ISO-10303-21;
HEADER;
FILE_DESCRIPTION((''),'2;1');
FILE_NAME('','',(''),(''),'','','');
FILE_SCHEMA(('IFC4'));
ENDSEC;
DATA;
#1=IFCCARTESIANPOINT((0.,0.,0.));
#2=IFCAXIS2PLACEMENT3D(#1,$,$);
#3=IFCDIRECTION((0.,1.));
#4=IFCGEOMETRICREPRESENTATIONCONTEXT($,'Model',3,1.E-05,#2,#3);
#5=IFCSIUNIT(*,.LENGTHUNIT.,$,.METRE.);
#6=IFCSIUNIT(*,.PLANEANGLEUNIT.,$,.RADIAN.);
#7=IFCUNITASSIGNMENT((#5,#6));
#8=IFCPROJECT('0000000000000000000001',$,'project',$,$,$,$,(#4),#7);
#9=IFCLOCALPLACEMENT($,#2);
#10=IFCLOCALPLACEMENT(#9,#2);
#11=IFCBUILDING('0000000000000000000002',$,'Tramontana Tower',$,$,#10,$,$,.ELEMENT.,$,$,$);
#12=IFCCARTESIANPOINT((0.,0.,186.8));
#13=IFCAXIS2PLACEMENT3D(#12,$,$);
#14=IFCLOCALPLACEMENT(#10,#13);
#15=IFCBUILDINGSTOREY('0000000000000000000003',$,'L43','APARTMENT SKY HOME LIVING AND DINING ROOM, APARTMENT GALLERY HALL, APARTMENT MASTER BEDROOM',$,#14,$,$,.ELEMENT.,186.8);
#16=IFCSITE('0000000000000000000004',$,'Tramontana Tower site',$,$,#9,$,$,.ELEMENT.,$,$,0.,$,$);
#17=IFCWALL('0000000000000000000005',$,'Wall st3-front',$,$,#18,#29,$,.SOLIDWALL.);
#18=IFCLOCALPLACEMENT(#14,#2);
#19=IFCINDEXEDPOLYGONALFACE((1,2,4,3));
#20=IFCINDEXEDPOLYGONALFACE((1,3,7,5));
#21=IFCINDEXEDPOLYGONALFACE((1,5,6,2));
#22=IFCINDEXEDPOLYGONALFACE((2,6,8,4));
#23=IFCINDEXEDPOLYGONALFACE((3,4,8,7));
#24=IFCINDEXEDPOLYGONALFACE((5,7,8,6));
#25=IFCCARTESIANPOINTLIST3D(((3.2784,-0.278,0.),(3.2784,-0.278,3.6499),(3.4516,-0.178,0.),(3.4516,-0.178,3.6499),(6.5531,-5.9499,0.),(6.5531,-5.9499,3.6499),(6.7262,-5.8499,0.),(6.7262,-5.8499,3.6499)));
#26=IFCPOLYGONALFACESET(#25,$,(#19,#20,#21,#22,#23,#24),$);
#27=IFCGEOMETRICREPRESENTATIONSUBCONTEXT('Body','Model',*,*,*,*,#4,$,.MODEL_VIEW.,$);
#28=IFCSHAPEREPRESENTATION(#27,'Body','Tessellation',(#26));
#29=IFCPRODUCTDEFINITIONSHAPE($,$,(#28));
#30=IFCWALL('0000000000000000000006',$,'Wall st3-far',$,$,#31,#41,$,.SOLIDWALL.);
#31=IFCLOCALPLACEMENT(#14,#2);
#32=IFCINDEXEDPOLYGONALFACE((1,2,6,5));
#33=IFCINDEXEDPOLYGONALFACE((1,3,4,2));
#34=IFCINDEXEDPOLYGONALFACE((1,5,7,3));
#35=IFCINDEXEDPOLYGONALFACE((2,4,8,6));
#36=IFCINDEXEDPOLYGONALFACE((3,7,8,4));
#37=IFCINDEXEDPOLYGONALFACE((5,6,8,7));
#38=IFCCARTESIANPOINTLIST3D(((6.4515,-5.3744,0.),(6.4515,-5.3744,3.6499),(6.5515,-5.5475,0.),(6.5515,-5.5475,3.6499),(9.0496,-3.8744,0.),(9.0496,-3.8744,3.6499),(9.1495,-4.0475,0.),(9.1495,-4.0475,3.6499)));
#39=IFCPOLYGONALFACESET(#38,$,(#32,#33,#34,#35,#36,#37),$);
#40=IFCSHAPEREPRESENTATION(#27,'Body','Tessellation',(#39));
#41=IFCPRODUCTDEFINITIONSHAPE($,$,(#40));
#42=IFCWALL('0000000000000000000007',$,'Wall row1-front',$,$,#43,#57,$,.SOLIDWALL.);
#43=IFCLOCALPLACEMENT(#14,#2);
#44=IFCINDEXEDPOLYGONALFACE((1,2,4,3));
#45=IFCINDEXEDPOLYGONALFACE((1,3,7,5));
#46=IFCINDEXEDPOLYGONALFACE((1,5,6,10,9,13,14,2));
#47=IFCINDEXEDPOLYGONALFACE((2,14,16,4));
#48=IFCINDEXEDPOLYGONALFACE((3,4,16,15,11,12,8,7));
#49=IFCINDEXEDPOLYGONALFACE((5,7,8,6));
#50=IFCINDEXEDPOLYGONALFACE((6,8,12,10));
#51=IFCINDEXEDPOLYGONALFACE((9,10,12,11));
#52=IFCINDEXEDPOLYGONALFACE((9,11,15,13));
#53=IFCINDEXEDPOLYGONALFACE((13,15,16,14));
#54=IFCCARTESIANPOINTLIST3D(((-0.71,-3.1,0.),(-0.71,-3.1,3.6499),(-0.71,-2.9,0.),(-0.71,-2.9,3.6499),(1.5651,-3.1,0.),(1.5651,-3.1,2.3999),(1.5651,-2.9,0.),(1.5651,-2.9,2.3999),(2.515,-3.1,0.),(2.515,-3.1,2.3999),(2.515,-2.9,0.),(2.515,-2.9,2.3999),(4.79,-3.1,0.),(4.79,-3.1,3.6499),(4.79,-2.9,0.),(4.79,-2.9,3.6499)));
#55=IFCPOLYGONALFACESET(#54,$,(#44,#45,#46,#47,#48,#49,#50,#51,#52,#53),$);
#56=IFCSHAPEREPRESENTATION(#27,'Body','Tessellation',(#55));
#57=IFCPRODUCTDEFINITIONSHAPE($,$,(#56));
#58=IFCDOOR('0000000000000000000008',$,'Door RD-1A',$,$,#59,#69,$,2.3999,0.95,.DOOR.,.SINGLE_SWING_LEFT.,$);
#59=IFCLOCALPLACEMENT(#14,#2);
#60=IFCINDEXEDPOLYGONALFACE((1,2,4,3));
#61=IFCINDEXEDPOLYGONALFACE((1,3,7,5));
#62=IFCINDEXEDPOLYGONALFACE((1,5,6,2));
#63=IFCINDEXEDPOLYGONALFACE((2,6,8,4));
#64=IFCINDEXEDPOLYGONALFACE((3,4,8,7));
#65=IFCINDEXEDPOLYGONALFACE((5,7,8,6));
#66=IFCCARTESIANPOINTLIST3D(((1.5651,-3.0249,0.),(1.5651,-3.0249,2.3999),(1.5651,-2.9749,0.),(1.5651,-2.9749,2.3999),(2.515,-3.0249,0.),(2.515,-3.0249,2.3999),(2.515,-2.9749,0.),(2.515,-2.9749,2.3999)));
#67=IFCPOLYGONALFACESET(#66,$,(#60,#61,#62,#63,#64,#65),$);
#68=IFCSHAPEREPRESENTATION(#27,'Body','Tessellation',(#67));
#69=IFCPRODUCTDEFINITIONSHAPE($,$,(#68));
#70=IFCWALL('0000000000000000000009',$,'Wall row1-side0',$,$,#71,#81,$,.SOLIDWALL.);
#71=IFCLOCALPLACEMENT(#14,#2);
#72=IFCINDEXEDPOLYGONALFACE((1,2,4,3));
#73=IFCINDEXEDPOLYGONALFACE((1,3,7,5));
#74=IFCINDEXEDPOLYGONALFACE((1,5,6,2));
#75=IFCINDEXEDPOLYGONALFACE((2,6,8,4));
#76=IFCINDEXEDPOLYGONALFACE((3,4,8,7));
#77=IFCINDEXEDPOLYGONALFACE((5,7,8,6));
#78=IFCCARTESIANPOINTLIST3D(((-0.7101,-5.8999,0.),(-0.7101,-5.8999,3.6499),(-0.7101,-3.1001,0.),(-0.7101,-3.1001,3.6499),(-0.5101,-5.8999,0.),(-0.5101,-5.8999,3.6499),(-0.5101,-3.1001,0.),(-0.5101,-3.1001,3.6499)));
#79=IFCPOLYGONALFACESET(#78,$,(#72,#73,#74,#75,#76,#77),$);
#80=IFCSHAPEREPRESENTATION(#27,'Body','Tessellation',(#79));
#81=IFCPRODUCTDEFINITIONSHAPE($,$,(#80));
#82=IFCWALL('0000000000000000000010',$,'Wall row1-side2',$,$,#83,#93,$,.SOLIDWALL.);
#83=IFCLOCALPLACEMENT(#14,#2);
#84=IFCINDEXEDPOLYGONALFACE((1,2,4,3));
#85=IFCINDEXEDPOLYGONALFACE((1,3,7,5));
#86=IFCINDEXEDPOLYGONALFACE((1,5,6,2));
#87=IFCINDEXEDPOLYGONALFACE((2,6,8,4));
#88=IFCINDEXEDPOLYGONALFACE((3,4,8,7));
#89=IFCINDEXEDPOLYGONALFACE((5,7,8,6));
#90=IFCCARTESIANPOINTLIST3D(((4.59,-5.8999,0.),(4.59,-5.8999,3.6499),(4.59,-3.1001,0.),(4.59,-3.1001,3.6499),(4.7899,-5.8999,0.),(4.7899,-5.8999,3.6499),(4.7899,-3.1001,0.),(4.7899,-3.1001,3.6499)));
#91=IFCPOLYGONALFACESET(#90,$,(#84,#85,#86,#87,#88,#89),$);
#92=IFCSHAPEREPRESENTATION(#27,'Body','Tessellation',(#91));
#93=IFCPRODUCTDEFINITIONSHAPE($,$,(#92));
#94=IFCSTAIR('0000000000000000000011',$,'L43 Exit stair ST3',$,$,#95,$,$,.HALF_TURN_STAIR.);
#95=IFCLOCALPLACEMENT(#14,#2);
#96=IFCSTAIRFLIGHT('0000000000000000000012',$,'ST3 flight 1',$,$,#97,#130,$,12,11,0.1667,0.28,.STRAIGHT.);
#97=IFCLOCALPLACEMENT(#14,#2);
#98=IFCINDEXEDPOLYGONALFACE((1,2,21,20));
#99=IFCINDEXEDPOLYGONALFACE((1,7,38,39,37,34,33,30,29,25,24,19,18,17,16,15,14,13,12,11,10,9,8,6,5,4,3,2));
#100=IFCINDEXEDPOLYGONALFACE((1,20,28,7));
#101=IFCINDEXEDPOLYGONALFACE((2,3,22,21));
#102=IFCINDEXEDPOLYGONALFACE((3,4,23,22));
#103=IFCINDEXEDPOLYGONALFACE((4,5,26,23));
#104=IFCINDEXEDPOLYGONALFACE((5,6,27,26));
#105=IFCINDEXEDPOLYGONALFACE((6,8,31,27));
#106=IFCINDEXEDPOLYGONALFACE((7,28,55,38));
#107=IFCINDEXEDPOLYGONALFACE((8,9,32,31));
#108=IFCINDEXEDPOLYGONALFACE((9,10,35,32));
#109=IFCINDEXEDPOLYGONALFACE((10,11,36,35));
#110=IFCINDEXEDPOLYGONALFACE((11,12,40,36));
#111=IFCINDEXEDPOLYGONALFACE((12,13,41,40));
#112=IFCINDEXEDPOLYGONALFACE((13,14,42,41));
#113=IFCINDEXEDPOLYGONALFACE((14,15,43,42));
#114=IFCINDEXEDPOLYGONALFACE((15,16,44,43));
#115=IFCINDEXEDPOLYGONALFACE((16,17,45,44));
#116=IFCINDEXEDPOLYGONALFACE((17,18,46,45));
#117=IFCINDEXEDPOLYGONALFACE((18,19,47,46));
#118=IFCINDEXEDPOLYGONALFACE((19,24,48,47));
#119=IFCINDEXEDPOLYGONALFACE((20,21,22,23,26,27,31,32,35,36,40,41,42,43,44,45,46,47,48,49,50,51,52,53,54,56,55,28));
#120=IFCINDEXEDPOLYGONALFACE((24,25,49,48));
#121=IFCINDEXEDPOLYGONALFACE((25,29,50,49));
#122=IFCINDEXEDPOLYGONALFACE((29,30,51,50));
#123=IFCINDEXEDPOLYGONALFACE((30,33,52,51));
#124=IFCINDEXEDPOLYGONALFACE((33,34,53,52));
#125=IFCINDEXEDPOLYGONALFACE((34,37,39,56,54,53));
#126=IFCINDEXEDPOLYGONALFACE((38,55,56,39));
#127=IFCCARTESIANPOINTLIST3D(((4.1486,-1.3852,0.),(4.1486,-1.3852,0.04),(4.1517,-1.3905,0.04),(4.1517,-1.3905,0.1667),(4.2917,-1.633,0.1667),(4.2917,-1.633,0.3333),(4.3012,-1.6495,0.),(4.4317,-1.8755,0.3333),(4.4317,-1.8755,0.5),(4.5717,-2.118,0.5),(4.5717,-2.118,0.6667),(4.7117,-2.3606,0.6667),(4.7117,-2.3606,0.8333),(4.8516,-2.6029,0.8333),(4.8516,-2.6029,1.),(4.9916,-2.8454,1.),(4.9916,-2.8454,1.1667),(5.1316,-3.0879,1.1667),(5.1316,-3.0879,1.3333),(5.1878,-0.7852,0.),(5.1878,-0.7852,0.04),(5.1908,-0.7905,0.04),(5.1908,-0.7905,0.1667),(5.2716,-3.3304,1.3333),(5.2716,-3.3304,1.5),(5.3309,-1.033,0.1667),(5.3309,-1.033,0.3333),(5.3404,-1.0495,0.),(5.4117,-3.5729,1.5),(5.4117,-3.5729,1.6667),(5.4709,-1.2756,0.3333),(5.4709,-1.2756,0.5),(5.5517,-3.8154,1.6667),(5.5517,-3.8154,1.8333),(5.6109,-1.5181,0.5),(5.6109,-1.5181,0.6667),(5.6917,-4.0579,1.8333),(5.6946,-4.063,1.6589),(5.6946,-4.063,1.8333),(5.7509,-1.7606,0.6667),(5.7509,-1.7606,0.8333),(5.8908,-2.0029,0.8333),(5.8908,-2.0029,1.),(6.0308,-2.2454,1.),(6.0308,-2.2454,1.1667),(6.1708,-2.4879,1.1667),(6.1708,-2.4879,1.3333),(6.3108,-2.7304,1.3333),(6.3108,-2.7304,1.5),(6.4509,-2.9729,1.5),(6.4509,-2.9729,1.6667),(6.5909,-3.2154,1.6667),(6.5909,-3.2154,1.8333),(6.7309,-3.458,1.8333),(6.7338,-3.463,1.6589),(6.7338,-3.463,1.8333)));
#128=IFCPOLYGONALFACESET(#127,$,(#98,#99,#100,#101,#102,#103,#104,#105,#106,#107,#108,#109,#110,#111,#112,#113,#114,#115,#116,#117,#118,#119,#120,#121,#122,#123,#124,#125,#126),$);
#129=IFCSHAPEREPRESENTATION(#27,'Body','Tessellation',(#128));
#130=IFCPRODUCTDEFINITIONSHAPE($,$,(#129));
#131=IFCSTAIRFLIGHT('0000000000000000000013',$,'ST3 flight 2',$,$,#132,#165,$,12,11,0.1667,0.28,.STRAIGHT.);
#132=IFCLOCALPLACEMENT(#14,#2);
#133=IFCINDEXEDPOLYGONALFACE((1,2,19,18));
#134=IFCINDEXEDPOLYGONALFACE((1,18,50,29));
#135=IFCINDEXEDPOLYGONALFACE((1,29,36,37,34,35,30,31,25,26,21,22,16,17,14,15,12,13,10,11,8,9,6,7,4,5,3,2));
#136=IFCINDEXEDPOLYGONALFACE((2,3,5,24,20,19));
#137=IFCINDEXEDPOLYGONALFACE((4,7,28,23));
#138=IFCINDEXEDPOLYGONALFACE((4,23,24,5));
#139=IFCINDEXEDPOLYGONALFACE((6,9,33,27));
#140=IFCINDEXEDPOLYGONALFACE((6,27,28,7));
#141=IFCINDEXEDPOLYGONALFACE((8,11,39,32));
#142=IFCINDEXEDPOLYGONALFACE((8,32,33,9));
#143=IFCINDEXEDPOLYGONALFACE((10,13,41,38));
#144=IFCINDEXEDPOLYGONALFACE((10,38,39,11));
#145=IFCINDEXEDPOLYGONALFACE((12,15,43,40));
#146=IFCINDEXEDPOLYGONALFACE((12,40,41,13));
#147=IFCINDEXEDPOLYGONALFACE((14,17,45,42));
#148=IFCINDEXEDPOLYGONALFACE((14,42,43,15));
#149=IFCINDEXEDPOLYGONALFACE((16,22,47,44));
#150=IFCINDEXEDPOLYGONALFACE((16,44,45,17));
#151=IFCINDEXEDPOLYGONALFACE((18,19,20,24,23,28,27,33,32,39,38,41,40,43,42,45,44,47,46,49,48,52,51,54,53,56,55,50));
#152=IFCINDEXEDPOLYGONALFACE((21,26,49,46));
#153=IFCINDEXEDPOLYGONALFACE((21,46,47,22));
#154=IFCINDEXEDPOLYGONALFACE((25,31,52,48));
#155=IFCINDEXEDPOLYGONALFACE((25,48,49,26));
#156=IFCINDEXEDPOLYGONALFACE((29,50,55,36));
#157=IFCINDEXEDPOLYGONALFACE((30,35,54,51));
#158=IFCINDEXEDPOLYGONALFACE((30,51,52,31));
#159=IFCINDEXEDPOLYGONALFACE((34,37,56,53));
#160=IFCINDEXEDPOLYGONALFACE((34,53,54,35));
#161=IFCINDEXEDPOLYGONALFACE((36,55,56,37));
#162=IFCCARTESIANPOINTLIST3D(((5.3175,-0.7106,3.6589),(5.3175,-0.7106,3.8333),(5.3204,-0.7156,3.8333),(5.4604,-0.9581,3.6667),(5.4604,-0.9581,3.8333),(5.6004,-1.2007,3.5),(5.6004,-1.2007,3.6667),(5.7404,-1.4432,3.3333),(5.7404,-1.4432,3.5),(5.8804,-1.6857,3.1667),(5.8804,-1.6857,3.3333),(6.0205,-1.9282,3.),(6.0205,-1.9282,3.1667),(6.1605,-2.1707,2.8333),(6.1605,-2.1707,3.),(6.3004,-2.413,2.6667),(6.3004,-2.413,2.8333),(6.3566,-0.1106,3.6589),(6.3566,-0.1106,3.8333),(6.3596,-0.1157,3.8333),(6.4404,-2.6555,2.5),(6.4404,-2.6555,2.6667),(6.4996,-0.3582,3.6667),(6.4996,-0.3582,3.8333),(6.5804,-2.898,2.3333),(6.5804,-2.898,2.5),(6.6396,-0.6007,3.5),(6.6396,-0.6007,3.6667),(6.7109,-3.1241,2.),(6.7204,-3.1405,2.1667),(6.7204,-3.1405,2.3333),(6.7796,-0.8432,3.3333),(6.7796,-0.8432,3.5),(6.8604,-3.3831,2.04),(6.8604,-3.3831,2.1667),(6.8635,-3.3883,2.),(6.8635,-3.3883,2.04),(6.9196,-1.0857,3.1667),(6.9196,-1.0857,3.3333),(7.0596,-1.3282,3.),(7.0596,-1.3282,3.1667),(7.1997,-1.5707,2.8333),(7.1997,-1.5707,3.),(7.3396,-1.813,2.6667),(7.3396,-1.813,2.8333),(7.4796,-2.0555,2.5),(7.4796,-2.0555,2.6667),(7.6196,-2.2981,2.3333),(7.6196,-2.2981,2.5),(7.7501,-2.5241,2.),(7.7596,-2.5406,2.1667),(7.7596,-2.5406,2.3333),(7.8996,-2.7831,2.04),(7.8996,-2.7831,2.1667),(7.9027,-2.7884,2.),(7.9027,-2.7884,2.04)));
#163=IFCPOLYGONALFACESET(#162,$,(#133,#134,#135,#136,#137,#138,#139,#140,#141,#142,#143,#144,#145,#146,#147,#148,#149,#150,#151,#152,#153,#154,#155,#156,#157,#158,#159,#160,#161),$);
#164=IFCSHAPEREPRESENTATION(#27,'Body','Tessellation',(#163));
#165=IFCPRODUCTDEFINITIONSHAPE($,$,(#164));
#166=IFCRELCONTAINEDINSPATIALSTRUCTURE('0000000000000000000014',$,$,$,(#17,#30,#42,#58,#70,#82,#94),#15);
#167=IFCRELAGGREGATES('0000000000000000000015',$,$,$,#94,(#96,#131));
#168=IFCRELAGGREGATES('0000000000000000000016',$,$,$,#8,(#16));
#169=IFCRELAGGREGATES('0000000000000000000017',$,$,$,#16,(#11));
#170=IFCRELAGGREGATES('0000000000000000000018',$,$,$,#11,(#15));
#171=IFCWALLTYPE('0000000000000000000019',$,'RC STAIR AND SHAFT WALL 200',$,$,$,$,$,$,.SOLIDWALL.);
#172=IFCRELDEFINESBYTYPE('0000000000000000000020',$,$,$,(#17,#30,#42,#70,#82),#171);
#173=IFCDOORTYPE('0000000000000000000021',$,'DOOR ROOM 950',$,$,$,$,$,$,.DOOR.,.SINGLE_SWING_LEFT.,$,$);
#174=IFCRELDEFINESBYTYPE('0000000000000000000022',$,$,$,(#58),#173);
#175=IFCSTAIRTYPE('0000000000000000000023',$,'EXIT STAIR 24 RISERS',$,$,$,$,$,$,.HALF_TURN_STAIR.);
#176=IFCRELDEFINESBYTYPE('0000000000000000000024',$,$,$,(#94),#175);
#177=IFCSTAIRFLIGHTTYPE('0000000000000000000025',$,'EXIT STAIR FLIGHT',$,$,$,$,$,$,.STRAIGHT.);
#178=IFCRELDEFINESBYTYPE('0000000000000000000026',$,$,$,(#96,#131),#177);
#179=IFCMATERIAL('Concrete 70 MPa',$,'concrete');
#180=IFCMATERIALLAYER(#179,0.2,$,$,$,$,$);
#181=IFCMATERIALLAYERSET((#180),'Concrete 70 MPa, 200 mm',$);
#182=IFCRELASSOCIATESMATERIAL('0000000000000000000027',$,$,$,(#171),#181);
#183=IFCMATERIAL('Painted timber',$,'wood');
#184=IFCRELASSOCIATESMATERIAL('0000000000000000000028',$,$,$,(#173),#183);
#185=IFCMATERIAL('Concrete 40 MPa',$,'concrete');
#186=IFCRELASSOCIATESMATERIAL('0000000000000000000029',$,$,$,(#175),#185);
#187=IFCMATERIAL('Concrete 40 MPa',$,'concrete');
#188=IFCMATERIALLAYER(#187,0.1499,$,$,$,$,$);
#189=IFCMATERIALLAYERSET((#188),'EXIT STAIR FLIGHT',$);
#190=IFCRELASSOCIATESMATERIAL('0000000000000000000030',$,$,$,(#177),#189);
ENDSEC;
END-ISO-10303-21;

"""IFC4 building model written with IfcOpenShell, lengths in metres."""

from ifc_helpers import new_model, si_unit, direction, frame, frame_2d, origin, place, context, subcontext, project, spatial, polyline, rectangle, outline, extrude, material, layer, layer_set, type_object, element, fill, aggregate, save


model = new_model("IFC4")

# Units and contexts
model_context = context("Model", 3, precision=1e-05, world=origin(), true_north=direction((0.0, 1.0)))
body_context = subcontext(model_context, "Body", "Model", "MODEL_VIEW")
ifc_project = project(units=[si_unit("LENGTHUNIT", "METRE"), si_unit("PLANEANGLEUNIT", "RADIAN")], contexts=[model_context])

# Site, building, storey
site_placement = place(None, origin())
site = spatial("IfcSite", under=ifc_project, at=site_placement, Name="Tramontana Tower site", CompositionType="ELEMENT", RefElevation=0.0)
building_placement = place(site_placement, origin())
building = spatial("IfcBuilding", under=site, at=building_placement, Name="Tramontana Tower", CompositionType="ELEMENT")
storey_placement = place(building_placement, frame((0.0, 0.0, 186.8)))
storey = spatial("IfcBuildingStorey", under=building, at=storey_placement, Name="L43", Description="APARTMENT SKY HOME LIVING AND DINING ROOM, APARTMENT GALLERY HALL, APARTMENT MASTER BEDROOM", CompositionType="ELEMENT", Elevation=186.8)

# Walls
ifc_material_1 = material(Name="Concrete 70 MPa", Category="concrete")
ifc_layer_1 = layer(ifc_material_1, 0.2)
ifc_layer_set_1 = layer_set([ifc_layer_1], Name="Concrete 70 MPa, 200 mm")
wall_type_1 = type_object("IfcWallType", Name="RC STAIR AND SHAFT WALL 200", PredefinedType="SOLIDWALL", material=ifc_layer_set_1)
wall_1_placement = place(storey_placement, frame((6.6396, -5.8999, 0.0), z_axis=(0.0, 0.0, 1.0), x_axis=(-0.5, 0.866025, 0.0)))
element("IfcWall", 1, at=wall_1_placement, inside=storey, type_object=wall_type_1, Name="Wall st3-front", PredefinedType="SOLIDWALL", context=body_context, shape_type="SweptSolid", body=[
    extrude(rectangle(XDim=6.5493, YDim=0.2, at=frame_2d((3.2747, 0.0))), origin(), (0.0, 0.0, 1.0), 3.6499),
])
wall_2_placement = place(storey_placement, frame((6.5015, -5.4609, 0.0), z_axis=(0.0, 0.0, 1.0), x_axis=(0.866031, 0.49999, 0.0)))
element("IfcWall", 2, at=wall_2_placement, inside=storey, type_object=wall_type_1, Name="Wall st3-far", PredefinedType="SOLIDWALL", context=body_context, shape_type="SweptSolid", body=[
    extrude(rectangle(XDim=3.0, YDim=0.2, at=frame_2d((1.5, 0.0))), origin(), (0.0, 0.0, 1.0), 3.6499),
])

# Wall, opening, door
wall_3_placement = place(storey_placement, frame((4.79, -3.0, 0.0), z_axis=(0.0, 0.0, 1.0), x_axis=(-1.0, 0.0, 0.0)))
wall_3 = element("IfcWall", 3, at=wall_3_placement, inside=storey, type_object=wall_type_1, Name="Wall row1-front", PredefinedType="SOLIDWALL", context=body_context, shape_type="SweptSolid", body=[
    extrude(rectangle(XDim=5.5, YDim=0.2, at=frame_2d((2.75, 0.0))), origin(), (0.0, 0.0, 1.0), 3.6499),
])
opening_1_placement = place(wall_3_placement, frame((2.2749, 0.0, 0.0)))
opening_1 = element("IfcOpeningElement", 4, at=opening_1_placement, cuts=wall_3, PredefinedType="OPENING", context=body_context, shape_type="SweptSolid", body=[
    extrude(rectangle(XDim=0.95, YDim=2.3999, at=frame_2d((0.4751, 1.2))), frame((0.0, 0.1099, 0.0), z_axis=(0.0, -1.0, 0.0), x_axis=(1.0, 0.0, 0.0)), (0.0, 0.0, 1.0), 0.22),
])
ifc_material_2 = material(Name="Painted timber", Category="wood")
door_type_1 = type_object("IfcDoorType", Name="DOOR ROOM 950", OperationType="SINGLE_SWING_LEFT", PredefinedType="DOOR", material=ifc_material_2)
door_1_placement = place(opening_1_placement, origin())
door_1 = element("IfcDoor", 5, at=door_1_placement, inside=storey, type_object=door_type_1, Name="Door RD-1A", OperationType="SINGLE_SWING_LEFT", OverallHeight=2.3999, OverallWidth=0.95, PredefinedType="DOOR", context=body_context, shape_type="SweptSolid", body=[
    extrude(rectangle(XDim=0.95, YDim=2.3999, at=frame_2d((0.4751, 1.2))), frame((0.0, 0.0249, 0.0), z_axis=(0.0, -1.0, 0.0), x_axis=(1.0, 0.0, 0.0)), (0.0, 0.0, 1.0), 0.05),
])
fill(opening_1, door_1)

# Walls
for number, where, z_axis, x_axis, name in (
    (6, (-0.6101, -3.1001, 0.0), (0.0, 0.0, 1.0), (0.0, -1.0, 0.0), "Wall row1-side0"),
    (7, (4.6899, -3.1001, 0.0), (0.0, 0.0, 1.0), (0.0, -1.0, 0.0), "Wall row1-side2"),
):
    element("IfcWall", number, at=place(storey_placement, frame(where, z_axis=z_axis, x_axis=x_axis)), inside=storey, type_object=wall_type_1, Name=name, PredefinedType="SOLIDWALL", context=body_context, shape_type="SweptSolid", body=[
        extrude(rectangle(XDim=2.7998, YDim=0.2, at=frame_2d((1.3999, 0.0))), origin(), (0.0, 0.0, 1.0), 3.6499),
    ])

# Stair, stair flights
ifc_material_3 = material(Name="Concrete 40 MPa", Category="concrete")
stair_type = type_object("IfcStairType", Name="EXIT STAIR 24 RISERS", PredefinedType="HALF_TURN_STAIR", material=ifc_material_3)
stair_placement = place(storey_placement, origin())
stair = element("IfcStair", 8, at=stair_placement, inside=storey, type_object=stair_type, Name="L43 Exit stair ST3", PredefinedType="HALF_TURN_STAIR")
ifc_material_4 = material(Name="Concrete 40 MPa", Category="concrete")
ifc_layer_2 = layer(ifc_material_4, 0.1499)
ifc_layer_set_2 = layer_set([ifc_layer_2], Name="EXIT STAIR FLIGHT")
stair_flight_type = type_object("IfcStairFlightType", Name="EXIT STAIR FLIGHT", PredefinedType="STRAIGHT", material=ifc_layer_set_2)
stair_flight_1_placement = place(storey_placement, frame((4.6711, -1.0906, 0.0), z_axis=(0.0, 0.0, 1.0), x_axis=(0.5, -0.866025, 0.0)))
stair_flight_1 = element("IfcStairFlight", 9, at=stair_flight_1_placement, type_object=stair_flight_type, Name="ST3 flight 1", NumberOfRisers=12, NumberOfTreads=11, PredefinedType="STRAIGHT", RiserHeight=0.1667, TreadLength=0.28, context=body_context, shape_type="SweptSolid", body=[
    extrude(outline(polyline([(-0.0061, 0.0), (-0.0061, 0.04), (0.0, 0.04), (0.0, 0.1667), (0.28, 0.1667), (0.28, 0.3333), (0.5601, 0.3333), (0.5601, 0.5), (0.8401, 0.5), (0.8401, 0.6667), (1.1201, 0.6667), (1.1201, 0.8333), (1.3999, 0.8333), (1.3999, 1.0), (1.6799, 1.0), (1.6799, 1.1667), (1.96, 1.1667), (1.96, 1.3333), (2.24, 1.3333), (2.24, 1.5), (2.52, 1.5), (2.52, 1.6667), (2.8, 1.6667), (2.8, 1.8333), (3.0801, 1.8333), (3.0859, 1.8333), (3.0859, 1.6589), (0.2991, 0.0), (-0.0061, 0.0)])), frame((0.0, 0.6001, 0.0), z_axis=(0.0, -1.0, 0.0), x_axis=(1.0, 0.0, 0.0)), (0.0, 0.0, 1.0), 1.2),
])
stair_flight_2_placement = place(storey_placement, frame((7.3801, -3.083, 2.0), z_axis=(0.0, 0.0, 1.0), x_axis=(-0.5, 0.866025, 0.0)))
stair_flight_2 = element("IfcStairFlight", 10, at=stair_flight_2_placement, type_object=stair_flight_type, Name="ST3 flight 2", NumberOfRisers=12, NumberOfTreads=11, PredefinedType="STRAIGHT", RiserHeight=0.1667, TreadLength=0.28, context=body_context, shape_type="SweptSolid", body=[
    extrude(outline(polyline([(-0.0061, 0.0), (-0.0061, 0.04), (0.0, 0.04), (0.0, 0.1667), (0.28, 0.1667), (0.28, 0.3333), (0.5601, 0.3333), (0.5601, 0.5), (0.8401, 0.5), (0.8401, 0.6667), (1.1201, 0.6667), (1.1201, 0.8333), (1.3999, 0.8333), (1.3999, 1.0), (1.6799, 1.0), (1.6799, 1.1667), (1.96, 1.1667), (1.96, 1.3333), (2.24, 1.3333), (2.24, 1.5), (2.52, 1.5), (2.52, 1.6667), (2.8, 1.6667), (2.8, 1.8333), (3.0801, 1.8333), (3.0859, 1.8333), (3.0859, 1.6589), (0.2991, 0.0), (-0.0061, 0.0)])), frame((0.0, 0.6001, 0.0), z_axis=(0.0, -1.0, 0.0), x_axis=(1.0, 0.0, 0.0)), (0.0, 0.0, 1.0), 1.2),
])
aggregate(stair, [stair_flight_1, stair_flight_2])

save(model, "model.ifc")
